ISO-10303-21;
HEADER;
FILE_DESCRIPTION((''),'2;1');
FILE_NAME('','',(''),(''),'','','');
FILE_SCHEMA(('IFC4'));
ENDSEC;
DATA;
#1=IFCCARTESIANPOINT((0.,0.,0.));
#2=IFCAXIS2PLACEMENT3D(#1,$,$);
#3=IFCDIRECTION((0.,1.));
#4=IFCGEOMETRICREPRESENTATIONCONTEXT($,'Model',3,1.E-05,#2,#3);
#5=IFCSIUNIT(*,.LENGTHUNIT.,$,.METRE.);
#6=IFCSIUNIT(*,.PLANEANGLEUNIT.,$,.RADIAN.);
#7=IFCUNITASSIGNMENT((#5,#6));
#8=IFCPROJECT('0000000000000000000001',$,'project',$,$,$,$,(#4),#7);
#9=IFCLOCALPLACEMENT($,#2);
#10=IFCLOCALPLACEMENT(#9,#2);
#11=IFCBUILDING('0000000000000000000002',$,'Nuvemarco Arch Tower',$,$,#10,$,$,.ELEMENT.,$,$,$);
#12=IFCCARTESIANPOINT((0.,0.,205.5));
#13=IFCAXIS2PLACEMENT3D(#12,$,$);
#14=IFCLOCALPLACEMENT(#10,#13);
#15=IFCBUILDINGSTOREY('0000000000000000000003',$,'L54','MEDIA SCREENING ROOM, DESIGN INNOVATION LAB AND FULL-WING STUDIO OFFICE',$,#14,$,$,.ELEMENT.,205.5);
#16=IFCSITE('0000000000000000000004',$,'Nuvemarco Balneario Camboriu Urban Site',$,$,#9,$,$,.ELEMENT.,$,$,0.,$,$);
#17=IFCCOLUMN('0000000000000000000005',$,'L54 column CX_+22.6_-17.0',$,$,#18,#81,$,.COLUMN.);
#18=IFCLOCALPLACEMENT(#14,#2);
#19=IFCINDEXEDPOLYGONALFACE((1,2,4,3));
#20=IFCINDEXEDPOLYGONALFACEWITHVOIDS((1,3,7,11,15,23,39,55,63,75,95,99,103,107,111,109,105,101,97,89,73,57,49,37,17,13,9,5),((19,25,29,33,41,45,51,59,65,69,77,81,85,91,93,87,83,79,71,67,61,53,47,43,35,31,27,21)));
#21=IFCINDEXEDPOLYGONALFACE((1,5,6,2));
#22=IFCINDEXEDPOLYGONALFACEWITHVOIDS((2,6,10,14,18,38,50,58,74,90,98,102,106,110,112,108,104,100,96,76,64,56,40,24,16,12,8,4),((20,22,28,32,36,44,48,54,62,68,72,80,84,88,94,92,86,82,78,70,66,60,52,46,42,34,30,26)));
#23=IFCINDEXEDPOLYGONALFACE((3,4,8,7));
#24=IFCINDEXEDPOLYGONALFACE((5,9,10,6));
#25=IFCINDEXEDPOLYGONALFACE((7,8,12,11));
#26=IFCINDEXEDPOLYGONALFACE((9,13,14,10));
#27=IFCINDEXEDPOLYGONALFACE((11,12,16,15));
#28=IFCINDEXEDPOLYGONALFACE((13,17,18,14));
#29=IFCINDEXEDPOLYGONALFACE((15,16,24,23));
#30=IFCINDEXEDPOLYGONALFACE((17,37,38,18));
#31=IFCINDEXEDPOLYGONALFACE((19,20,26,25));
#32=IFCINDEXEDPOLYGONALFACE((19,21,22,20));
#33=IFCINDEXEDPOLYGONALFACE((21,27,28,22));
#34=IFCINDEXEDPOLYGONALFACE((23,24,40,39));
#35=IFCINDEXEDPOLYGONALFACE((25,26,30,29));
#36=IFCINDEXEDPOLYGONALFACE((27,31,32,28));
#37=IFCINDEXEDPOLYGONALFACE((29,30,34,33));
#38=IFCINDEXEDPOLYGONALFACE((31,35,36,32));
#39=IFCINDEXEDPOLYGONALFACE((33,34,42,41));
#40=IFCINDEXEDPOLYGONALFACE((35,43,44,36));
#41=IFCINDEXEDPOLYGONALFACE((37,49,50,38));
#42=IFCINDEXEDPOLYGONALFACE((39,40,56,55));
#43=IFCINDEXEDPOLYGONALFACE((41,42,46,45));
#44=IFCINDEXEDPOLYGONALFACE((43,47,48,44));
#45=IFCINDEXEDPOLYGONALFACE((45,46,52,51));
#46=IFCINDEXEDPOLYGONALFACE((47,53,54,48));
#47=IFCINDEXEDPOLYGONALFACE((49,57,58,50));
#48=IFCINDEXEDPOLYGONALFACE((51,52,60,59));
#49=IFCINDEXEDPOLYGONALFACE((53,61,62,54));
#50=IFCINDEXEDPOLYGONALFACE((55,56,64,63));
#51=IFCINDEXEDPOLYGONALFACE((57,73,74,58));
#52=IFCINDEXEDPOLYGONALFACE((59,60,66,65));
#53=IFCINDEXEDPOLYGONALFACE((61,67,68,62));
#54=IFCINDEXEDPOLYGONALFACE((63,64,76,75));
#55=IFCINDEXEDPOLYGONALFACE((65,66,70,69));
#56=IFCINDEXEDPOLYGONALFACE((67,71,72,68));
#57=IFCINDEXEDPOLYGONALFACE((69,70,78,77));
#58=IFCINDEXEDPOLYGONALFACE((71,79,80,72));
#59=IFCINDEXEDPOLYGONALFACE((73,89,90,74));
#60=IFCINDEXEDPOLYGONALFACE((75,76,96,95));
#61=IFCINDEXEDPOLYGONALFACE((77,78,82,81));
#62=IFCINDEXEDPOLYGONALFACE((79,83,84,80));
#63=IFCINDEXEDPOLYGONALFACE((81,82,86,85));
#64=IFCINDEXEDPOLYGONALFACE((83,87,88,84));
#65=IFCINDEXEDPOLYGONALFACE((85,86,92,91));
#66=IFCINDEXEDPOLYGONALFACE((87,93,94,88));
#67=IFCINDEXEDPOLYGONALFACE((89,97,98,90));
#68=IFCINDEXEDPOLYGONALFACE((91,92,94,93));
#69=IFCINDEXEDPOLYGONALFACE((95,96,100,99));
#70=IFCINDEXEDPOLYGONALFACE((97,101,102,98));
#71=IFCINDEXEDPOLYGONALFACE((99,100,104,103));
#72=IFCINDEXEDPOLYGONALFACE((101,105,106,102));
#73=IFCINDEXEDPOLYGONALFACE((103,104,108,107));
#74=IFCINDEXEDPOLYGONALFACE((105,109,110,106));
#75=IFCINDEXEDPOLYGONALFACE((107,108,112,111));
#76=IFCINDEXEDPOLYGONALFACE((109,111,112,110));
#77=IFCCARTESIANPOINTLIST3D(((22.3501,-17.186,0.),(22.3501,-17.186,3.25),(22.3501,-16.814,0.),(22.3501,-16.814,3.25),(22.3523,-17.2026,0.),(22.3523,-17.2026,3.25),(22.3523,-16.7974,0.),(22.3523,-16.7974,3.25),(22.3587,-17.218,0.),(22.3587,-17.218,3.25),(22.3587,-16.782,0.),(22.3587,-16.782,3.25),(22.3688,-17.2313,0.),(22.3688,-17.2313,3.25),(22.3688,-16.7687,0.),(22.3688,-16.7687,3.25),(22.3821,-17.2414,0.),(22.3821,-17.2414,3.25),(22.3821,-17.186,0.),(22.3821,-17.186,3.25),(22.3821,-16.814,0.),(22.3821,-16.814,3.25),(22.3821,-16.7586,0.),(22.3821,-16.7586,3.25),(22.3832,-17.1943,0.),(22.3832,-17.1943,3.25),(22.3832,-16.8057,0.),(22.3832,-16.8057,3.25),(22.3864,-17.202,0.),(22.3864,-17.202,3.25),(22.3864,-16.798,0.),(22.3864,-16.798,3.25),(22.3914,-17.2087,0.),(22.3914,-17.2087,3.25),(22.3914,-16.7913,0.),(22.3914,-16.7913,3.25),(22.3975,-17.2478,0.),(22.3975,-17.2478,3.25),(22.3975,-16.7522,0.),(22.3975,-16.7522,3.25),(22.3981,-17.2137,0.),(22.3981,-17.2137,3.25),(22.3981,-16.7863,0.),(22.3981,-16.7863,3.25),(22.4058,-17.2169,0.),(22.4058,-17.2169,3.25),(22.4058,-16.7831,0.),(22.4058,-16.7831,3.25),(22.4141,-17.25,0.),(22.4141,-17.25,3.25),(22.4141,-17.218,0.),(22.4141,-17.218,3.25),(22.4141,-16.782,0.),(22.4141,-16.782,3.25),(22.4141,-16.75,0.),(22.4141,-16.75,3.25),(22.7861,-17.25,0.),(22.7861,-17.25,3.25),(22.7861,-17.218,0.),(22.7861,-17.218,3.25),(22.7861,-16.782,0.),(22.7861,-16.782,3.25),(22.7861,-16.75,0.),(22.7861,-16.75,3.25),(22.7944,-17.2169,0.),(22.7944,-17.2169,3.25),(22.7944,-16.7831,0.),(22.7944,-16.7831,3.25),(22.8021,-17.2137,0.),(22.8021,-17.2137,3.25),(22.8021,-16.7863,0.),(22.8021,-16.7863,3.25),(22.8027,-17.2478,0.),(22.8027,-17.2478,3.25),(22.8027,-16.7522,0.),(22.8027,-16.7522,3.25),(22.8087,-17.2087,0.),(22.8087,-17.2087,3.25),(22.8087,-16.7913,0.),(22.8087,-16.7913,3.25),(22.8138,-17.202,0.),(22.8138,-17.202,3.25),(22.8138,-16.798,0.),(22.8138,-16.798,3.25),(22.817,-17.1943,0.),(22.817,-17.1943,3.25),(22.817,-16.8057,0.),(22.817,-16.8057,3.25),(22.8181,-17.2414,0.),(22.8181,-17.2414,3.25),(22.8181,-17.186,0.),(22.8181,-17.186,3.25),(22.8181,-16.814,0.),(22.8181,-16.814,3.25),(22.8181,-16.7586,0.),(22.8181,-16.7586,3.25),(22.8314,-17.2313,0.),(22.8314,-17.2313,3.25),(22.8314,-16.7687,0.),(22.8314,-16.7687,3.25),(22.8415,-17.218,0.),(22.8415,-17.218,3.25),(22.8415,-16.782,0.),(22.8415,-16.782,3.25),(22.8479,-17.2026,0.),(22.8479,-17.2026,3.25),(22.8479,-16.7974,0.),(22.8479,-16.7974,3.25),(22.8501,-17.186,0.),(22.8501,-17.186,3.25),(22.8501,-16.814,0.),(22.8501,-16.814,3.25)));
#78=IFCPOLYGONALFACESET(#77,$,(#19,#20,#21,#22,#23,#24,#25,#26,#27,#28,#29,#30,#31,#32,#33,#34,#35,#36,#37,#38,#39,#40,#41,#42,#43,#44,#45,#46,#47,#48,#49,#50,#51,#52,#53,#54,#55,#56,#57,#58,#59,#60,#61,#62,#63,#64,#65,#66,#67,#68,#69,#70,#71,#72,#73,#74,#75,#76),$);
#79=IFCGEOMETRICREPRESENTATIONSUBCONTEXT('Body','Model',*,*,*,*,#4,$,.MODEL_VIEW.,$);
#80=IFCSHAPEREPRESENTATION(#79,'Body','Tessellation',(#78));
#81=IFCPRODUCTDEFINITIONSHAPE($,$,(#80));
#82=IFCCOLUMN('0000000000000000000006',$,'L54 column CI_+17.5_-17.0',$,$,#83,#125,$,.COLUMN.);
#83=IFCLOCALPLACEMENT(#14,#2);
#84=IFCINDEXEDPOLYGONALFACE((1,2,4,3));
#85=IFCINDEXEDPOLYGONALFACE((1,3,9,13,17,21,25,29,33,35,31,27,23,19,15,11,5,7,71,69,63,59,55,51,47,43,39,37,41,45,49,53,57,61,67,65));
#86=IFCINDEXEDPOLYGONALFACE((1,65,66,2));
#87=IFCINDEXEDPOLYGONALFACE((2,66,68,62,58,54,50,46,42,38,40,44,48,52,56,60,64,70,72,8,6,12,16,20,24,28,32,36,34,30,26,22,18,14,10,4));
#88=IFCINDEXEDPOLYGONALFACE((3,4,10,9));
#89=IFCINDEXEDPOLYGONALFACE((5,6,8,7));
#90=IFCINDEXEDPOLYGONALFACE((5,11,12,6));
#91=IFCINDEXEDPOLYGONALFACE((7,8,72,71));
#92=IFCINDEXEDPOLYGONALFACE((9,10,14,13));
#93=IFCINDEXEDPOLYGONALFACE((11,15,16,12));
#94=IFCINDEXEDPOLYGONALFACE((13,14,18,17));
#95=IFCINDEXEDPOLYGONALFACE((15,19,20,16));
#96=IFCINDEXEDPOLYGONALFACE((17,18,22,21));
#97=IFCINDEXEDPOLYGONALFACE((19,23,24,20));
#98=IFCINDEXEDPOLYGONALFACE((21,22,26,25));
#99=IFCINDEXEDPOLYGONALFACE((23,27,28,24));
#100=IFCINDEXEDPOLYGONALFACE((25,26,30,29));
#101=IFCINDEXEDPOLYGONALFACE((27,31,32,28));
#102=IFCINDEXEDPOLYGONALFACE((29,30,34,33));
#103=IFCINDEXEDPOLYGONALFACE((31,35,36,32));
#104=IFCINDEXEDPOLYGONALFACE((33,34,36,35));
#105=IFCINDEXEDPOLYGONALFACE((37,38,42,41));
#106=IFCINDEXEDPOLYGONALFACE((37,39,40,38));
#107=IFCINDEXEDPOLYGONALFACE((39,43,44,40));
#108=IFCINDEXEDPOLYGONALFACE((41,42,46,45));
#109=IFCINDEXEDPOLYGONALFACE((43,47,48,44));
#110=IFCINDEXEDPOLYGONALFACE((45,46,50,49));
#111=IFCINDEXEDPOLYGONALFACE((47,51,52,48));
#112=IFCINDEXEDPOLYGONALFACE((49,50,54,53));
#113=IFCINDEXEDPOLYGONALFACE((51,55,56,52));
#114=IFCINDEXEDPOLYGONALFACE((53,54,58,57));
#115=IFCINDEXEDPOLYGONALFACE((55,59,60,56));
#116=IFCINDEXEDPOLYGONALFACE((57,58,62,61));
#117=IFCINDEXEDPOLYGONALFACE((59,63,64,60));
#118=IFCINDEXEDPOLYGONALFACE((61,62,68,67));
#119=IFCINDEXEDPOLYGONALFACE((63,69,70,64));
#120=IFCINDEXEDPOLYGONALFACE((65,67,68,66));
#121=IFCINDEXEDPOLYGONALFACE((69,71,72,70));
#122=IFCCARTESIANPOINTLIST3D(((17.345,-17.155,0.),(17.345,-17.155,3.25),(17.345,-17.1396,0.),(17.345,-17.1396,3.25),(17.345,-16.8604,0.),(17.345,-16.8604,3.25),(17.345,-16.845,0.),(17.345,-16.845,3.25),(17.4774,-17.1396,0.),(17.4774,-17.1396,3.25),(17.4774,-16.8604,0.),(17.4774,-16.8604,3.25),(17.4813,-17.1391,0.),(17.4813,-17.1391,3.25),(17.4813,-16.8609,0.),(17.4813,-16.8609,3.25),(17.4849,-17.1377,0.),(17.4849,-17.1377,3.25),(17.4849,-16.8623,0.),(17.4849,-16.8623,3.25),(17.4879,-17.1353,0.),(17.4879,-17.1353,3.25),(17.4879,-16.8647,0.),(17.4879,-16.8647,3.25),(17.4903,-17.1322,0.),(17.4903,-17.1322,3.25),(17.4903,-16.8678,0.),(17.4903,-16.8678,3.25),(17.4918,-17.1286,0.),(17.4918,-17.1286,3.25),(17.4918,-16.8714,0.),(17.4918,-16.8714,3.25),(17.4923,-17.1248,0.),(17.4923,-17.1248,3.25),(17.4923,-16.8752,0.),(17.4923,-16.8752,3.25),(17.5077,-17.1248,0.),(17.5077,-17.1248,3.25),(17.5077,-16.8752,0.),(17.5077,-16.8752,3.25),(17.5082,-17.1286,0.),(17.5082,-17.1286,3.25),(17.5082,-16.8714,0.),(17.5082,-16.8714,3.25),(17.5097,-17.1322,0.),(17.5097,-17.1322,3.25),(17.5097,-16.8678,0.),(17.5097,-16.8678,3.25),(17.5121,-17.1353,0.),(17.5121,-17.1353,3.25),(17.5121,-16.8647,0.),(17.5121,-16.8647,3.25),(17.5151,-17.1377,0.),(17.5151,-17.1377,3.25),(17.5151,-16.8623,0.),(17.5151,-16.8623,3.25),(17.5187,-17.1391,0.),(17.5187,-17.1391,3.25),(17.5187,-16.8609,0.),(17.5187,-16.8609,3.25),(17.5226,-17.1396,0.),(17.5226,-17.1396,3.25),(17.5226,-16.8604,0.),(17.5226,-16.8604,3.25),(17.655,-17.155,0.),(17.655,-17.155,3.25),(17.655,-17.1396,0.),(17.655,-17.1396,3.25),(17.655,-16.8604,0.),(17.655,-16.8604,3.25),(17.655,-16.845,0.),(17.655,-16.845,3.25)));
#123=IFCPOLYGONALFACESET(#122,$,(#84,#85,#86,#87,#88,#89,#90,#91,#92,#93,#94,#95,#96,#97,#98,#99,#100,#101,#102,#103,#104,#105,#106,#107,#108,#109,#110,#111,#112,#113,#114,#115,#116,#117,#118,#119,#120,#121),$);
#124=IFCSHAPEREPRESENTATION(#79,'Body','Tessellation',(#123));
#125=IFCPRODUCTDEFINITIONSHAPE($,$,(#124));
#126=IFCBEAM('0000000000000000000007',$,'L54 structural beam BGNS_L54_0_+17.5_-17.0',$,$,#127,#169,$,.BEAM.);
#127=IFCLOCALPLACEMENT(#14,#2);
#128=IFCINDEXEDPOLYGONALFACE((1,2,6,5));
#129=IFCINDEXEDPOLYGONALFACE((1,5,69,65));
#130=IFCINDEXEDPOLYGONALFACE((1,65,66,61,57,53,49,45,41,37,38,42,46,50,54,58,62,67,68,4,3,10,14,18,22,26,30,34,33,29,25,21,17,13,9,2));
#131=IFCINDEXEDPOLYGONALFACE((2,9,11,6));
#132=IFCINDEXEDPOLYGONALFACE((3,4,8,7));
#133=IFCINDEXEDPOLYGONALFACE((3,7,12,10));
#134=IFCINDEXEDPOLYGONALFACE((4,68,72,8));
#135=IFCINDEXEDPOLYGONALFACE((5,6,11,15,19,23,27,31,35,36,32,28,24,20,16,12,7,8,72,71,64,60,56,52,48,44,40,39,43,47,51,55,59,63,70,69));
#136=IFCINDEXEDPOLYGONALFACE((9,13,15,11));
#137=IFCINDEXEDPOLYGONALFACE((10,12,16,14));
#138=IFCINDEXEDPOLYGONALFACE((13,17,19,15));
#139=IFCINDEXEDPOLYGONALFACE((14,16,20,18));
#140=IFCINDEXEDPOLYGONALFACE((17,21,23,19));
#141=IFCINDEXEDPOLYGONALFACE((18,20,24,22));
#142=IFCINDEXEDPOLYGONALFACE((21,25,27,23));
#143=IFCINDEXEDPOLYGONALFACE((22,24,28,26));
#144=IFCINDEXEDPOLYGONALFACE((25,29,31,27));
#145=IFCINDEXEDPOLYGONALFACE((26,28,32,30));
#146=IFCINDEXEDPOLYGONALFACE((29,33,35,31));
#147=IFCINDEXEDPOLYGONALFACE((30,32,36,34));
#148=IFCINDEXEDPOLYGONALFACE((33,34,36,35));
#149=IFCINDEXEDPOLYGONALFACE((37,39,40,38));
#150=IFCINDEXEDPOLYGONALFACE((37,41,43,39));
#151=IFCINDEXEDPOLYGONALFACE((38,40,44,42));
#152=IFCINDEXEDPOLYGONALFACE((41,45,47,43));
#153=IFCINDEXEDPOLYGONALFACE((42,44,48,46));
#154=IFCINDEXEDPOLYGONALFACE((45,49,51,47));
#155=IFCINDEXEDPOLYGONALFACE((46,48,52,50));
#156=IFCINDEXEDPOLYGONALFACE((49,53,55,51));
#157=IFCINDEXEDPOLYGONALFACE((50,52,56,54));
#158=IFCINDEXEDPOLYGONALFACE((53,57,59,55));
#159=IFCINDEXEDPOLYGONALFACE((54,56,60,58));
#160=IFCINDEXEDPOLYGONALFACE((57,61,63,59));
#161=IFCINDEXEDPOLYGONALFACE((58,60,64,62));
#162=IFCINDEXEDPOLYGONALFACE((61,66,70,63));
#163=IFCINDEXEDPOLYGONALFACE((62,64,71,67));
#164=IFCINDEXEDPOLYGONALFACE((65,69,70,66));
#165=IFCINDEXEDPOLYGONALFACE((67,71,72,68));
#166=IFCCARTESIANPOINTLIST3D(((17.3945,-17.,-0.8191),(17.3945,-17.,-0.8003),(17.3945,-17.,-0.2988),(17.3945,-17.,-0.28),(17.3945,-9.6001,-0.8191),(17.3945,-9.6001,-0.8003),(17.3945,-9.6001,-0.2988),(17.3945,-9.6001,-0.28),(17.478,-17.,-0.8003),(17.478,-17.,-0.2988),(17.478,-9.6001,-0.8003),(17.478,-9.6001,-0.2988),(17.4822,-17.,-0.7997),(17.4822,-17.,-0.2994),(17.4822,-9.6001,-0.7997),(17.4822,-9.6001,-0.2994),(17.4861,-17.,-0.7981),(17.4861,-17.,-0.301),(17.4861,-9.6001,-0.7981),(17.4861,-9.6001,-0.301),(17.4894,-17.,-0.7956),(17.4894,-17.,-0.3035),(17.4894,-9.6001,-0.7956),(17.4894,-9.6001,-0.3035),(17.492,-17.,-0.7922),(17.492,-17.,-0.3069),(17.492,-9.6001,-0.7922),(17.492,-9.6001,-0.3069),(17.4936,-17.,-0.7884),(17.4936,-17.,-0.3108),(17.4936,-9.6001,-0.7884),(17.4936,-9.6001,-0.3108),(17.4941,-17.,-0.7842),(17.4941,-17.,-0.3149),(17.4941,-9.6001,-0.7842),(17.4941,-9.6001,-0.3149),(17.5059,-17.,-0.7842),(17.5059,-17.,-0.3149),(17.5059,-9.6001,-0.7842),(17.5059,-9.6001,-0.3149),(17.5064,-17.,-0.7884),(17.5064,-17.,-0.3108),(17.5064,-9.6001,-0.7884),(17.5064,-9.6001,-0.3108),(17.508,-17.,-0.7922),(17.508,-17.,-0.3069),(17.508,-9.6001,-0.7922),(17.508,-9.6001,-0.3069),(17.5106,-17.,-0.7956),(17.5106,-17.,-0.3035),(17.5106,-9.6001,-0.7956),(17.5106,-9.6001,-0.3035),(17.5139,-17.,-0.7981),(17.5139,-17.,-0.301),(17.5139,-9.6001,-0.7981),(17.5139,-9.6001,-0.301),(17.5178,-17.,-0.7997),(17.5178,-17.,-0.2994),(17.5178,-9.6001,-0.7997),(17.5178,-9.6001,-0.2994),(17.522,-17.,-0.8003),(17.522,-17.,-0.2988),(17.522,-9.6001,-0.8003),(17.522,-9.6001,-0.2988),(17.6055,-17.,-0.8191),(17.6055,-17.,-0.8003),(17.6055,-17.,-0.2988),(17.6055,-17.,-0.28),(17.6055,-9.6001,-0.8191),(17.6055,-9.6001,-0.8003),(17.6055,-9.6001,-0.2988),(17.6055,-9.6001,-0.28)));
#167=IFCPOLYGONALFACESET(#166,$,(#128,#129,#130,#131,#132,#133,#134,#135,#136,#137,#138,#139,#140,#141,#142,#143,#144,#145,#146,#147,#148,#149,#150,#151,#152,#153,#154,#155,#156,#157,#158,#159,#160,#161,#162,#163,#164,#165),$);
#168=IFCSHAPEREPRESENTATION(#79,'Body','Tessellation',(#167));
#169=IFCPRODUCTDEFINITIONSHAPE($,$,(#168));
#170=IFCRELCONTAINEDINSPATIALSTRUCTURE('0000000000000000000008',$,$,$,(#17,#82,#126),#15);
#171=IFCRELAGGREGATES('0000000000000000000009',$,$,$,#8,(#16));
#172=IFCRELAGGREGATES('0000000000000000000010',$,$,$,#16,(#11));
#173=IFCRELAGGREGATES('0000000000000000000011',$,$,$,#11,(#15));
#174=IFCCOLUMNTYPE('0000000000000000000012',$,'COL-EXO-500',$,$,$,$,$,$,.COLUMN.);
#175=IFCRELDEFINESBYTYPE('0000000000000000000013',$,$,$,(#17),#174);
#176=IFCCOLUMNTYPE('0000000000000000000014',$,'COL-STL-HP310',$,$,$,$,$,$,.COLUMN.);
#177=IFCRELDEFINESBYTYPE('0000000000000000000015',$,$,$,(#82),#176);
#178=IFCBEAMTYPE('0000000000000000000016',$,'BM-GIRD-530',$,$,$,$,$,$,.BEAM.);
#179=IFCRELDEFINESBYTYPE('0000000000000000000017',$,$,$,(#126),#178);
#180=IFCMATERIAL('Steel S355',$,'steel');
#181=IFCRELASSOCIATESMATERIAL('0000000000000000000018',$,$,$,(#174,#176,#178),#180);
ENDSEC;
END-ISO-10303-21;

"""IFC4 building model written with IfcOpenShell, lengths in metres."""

from ifc_helpers import new_model, si_unit, direction, frame, origin, origin_2d, place, context, subcontext, project, spatial, hollow_rectangle, i_section, extrude, material, material_profile, profile_set, type_object, element, save


model = new_model("IFC4")

# Units and contexts
model_context = context("Model", 3, precision=1e-05, world=origin(), true_north=direction((0.0, 1.0)))
body_context = subcontext(model_context, "Body", "Model", "MODEL_VIEW")
ifc_project = project(units=[si_unit("LENGTHUNIT", "METRE"), si_unit("PLANEANGLEUNIT", "RADIAN")], contexts=[model_context])

# Site, building, storey
site_placement = place(None, origin())
site = spatial("IfcSite", under=ifc_project, at=site_placement, Name="Nuvemarco Balneario Camboriu Urban Site", CompositionType="ELEMENT", RefElevation=0.0)
building_placement = place(site_placement, origin())
building = spatial("IfcBuilding", under=site, at=building_placement, Name="Nuvemarco Arch Tower", CompositionType="ELEMENT")
storey_placement = place(building_placement, frame((0.0, 0.0, 205.5)))
storey = spatial("IfcBuildingStorey", under=building, at=storey_placement, Name="L54", Description="MEDIA SCREENING ROOM, DESIGN INNOVATION LAB AND FULL-WING STUDIO OFFICE", CompositionType="ELEMENT", Elevation=205.5)

# Columns
ifc_material_1 = material(Name="Steel S355", Category="steel")
ifc_material_profile_1 = material_profile(ifc_material_1, hollow_rectangle(XDim=0.5, YDim=0.5, WallThickness=0.032, InnerFilletRadius=0.032, OuterFilletRadius=0.064, at=origin_2d()), Name="SHS500x500x32")
ifc_profile_set_1 = profile_set([ifc_material_profile_1], Name="Steel S355")
column_type_1 = type_object("IfcColumnType", Name="COL-EXO-500", PredefinedType="COLUMN", material=ifc_profile_set_1)
column_1_placement = place(storey_placement, frame((22.6001, -17.0, 0.0), z_axis=(0.0, 0.0, 1.0), x_axis=(1.0, 0.0, 0.0)))
element("IfcColumn", 1, at=column_1_placement, inside=storey, type_object=column_type_1, Name="L54 column CX_+22.6_-17.0", PredefinedType="COLUMN", context=body_context, shape_type="SweptSolid", body=[
    extrude(hollow_rectangle(XDim=0.5, YDim=0.5, WallThickness=0.032, InnerFilletRadius=0.032, OuterFilletRadius=0.064, at=origin_2d()), origin(), (0.0, 0.0, 1.0), 3.25),
])
ifc_material_profile_2 = material_profile(ifc_material_1, i_section(OverallWidth=0.3101, OverallDepth=0.3101, WebThickness=0.0154, FlangeThickness=0.0154, FilletRadius=0.0149, at=origin_2d()), Name="HP310x110")
ifc_profile_set_2 = profile_set([ifc_material_profile_2], Name="Steel S355")
column_type_2 = type_object("IfcColumnType", Name="COL-STL-HP310", PredefinedType="COLUMN", material=ifc_profile_set_2)
column_2_placement = place(storey_placement, frame((17.5, -17.0, 0.0), z_axis=(0.0, 0.0, 1.0), x_axis=(1.0, 0.0, 0.0)))
element("IfcColumn", 2, at=column_2_placement, inside=storey, type_object=column_type_2, Name="L54 column CI_+17.5_-17.0", PredefinedType="COLUMN", context=body_context, shape_type="SweptSolid", body=[
    extrude(i_section(OverallWidth=0.3101, OverallDepth=0.3101, WebThickness=0.0154, FlangeThickness=0.0154, FilletRadius=0.0149, at=origin_2d()), origin(), (0.0, 0.0, 1.0), 3.25),
])

# Beam
ifc_material_profile_3 = material_profile(ifc_material_1, i_section(OverallWidth=0.2109, OverallDepth=0.5391, WebThickness=0.0117, FlangeThickness=0.0188, FilletRadius=0.0161, at=origin_2d()), Name="W530x109")
ifc_profile_set_3 = profile_set([ifc_material_profile_3], Name="Steel S355")
beam_type_1 = type_object("IfcBeamType", Name="BM-GIRD-530", PredefinedType="BEAM", material=ifc_profile_set_3)
beam_1_placement = place(storey_placement, frame((17.5, -17.0, -0.5496), z_axis=(0.0, 1.0, 0.0), x_axis=(-1.0, 0.0, 0.0)))
element("IfcBeam", 3, at=beam_1_placement, inside=storey, type_object=beam_type_1, Name="L54 structural beam BGNS_L54_0_+17.5_-17.0", PredefinedType="BEAM", context=body_context, shape_type="SweptSolid", body=[
    extrude(i_section(OverallWidth=0.2109, OverallDepth=0.5391, WebThickness=0.0117, FlangeThickness=0.0188, FilletRadius=0.0161, at=origin_2d()), origin(), (0.0, 0.0, 1.0), 7.3999),
])

save(model, "model.ifc")
